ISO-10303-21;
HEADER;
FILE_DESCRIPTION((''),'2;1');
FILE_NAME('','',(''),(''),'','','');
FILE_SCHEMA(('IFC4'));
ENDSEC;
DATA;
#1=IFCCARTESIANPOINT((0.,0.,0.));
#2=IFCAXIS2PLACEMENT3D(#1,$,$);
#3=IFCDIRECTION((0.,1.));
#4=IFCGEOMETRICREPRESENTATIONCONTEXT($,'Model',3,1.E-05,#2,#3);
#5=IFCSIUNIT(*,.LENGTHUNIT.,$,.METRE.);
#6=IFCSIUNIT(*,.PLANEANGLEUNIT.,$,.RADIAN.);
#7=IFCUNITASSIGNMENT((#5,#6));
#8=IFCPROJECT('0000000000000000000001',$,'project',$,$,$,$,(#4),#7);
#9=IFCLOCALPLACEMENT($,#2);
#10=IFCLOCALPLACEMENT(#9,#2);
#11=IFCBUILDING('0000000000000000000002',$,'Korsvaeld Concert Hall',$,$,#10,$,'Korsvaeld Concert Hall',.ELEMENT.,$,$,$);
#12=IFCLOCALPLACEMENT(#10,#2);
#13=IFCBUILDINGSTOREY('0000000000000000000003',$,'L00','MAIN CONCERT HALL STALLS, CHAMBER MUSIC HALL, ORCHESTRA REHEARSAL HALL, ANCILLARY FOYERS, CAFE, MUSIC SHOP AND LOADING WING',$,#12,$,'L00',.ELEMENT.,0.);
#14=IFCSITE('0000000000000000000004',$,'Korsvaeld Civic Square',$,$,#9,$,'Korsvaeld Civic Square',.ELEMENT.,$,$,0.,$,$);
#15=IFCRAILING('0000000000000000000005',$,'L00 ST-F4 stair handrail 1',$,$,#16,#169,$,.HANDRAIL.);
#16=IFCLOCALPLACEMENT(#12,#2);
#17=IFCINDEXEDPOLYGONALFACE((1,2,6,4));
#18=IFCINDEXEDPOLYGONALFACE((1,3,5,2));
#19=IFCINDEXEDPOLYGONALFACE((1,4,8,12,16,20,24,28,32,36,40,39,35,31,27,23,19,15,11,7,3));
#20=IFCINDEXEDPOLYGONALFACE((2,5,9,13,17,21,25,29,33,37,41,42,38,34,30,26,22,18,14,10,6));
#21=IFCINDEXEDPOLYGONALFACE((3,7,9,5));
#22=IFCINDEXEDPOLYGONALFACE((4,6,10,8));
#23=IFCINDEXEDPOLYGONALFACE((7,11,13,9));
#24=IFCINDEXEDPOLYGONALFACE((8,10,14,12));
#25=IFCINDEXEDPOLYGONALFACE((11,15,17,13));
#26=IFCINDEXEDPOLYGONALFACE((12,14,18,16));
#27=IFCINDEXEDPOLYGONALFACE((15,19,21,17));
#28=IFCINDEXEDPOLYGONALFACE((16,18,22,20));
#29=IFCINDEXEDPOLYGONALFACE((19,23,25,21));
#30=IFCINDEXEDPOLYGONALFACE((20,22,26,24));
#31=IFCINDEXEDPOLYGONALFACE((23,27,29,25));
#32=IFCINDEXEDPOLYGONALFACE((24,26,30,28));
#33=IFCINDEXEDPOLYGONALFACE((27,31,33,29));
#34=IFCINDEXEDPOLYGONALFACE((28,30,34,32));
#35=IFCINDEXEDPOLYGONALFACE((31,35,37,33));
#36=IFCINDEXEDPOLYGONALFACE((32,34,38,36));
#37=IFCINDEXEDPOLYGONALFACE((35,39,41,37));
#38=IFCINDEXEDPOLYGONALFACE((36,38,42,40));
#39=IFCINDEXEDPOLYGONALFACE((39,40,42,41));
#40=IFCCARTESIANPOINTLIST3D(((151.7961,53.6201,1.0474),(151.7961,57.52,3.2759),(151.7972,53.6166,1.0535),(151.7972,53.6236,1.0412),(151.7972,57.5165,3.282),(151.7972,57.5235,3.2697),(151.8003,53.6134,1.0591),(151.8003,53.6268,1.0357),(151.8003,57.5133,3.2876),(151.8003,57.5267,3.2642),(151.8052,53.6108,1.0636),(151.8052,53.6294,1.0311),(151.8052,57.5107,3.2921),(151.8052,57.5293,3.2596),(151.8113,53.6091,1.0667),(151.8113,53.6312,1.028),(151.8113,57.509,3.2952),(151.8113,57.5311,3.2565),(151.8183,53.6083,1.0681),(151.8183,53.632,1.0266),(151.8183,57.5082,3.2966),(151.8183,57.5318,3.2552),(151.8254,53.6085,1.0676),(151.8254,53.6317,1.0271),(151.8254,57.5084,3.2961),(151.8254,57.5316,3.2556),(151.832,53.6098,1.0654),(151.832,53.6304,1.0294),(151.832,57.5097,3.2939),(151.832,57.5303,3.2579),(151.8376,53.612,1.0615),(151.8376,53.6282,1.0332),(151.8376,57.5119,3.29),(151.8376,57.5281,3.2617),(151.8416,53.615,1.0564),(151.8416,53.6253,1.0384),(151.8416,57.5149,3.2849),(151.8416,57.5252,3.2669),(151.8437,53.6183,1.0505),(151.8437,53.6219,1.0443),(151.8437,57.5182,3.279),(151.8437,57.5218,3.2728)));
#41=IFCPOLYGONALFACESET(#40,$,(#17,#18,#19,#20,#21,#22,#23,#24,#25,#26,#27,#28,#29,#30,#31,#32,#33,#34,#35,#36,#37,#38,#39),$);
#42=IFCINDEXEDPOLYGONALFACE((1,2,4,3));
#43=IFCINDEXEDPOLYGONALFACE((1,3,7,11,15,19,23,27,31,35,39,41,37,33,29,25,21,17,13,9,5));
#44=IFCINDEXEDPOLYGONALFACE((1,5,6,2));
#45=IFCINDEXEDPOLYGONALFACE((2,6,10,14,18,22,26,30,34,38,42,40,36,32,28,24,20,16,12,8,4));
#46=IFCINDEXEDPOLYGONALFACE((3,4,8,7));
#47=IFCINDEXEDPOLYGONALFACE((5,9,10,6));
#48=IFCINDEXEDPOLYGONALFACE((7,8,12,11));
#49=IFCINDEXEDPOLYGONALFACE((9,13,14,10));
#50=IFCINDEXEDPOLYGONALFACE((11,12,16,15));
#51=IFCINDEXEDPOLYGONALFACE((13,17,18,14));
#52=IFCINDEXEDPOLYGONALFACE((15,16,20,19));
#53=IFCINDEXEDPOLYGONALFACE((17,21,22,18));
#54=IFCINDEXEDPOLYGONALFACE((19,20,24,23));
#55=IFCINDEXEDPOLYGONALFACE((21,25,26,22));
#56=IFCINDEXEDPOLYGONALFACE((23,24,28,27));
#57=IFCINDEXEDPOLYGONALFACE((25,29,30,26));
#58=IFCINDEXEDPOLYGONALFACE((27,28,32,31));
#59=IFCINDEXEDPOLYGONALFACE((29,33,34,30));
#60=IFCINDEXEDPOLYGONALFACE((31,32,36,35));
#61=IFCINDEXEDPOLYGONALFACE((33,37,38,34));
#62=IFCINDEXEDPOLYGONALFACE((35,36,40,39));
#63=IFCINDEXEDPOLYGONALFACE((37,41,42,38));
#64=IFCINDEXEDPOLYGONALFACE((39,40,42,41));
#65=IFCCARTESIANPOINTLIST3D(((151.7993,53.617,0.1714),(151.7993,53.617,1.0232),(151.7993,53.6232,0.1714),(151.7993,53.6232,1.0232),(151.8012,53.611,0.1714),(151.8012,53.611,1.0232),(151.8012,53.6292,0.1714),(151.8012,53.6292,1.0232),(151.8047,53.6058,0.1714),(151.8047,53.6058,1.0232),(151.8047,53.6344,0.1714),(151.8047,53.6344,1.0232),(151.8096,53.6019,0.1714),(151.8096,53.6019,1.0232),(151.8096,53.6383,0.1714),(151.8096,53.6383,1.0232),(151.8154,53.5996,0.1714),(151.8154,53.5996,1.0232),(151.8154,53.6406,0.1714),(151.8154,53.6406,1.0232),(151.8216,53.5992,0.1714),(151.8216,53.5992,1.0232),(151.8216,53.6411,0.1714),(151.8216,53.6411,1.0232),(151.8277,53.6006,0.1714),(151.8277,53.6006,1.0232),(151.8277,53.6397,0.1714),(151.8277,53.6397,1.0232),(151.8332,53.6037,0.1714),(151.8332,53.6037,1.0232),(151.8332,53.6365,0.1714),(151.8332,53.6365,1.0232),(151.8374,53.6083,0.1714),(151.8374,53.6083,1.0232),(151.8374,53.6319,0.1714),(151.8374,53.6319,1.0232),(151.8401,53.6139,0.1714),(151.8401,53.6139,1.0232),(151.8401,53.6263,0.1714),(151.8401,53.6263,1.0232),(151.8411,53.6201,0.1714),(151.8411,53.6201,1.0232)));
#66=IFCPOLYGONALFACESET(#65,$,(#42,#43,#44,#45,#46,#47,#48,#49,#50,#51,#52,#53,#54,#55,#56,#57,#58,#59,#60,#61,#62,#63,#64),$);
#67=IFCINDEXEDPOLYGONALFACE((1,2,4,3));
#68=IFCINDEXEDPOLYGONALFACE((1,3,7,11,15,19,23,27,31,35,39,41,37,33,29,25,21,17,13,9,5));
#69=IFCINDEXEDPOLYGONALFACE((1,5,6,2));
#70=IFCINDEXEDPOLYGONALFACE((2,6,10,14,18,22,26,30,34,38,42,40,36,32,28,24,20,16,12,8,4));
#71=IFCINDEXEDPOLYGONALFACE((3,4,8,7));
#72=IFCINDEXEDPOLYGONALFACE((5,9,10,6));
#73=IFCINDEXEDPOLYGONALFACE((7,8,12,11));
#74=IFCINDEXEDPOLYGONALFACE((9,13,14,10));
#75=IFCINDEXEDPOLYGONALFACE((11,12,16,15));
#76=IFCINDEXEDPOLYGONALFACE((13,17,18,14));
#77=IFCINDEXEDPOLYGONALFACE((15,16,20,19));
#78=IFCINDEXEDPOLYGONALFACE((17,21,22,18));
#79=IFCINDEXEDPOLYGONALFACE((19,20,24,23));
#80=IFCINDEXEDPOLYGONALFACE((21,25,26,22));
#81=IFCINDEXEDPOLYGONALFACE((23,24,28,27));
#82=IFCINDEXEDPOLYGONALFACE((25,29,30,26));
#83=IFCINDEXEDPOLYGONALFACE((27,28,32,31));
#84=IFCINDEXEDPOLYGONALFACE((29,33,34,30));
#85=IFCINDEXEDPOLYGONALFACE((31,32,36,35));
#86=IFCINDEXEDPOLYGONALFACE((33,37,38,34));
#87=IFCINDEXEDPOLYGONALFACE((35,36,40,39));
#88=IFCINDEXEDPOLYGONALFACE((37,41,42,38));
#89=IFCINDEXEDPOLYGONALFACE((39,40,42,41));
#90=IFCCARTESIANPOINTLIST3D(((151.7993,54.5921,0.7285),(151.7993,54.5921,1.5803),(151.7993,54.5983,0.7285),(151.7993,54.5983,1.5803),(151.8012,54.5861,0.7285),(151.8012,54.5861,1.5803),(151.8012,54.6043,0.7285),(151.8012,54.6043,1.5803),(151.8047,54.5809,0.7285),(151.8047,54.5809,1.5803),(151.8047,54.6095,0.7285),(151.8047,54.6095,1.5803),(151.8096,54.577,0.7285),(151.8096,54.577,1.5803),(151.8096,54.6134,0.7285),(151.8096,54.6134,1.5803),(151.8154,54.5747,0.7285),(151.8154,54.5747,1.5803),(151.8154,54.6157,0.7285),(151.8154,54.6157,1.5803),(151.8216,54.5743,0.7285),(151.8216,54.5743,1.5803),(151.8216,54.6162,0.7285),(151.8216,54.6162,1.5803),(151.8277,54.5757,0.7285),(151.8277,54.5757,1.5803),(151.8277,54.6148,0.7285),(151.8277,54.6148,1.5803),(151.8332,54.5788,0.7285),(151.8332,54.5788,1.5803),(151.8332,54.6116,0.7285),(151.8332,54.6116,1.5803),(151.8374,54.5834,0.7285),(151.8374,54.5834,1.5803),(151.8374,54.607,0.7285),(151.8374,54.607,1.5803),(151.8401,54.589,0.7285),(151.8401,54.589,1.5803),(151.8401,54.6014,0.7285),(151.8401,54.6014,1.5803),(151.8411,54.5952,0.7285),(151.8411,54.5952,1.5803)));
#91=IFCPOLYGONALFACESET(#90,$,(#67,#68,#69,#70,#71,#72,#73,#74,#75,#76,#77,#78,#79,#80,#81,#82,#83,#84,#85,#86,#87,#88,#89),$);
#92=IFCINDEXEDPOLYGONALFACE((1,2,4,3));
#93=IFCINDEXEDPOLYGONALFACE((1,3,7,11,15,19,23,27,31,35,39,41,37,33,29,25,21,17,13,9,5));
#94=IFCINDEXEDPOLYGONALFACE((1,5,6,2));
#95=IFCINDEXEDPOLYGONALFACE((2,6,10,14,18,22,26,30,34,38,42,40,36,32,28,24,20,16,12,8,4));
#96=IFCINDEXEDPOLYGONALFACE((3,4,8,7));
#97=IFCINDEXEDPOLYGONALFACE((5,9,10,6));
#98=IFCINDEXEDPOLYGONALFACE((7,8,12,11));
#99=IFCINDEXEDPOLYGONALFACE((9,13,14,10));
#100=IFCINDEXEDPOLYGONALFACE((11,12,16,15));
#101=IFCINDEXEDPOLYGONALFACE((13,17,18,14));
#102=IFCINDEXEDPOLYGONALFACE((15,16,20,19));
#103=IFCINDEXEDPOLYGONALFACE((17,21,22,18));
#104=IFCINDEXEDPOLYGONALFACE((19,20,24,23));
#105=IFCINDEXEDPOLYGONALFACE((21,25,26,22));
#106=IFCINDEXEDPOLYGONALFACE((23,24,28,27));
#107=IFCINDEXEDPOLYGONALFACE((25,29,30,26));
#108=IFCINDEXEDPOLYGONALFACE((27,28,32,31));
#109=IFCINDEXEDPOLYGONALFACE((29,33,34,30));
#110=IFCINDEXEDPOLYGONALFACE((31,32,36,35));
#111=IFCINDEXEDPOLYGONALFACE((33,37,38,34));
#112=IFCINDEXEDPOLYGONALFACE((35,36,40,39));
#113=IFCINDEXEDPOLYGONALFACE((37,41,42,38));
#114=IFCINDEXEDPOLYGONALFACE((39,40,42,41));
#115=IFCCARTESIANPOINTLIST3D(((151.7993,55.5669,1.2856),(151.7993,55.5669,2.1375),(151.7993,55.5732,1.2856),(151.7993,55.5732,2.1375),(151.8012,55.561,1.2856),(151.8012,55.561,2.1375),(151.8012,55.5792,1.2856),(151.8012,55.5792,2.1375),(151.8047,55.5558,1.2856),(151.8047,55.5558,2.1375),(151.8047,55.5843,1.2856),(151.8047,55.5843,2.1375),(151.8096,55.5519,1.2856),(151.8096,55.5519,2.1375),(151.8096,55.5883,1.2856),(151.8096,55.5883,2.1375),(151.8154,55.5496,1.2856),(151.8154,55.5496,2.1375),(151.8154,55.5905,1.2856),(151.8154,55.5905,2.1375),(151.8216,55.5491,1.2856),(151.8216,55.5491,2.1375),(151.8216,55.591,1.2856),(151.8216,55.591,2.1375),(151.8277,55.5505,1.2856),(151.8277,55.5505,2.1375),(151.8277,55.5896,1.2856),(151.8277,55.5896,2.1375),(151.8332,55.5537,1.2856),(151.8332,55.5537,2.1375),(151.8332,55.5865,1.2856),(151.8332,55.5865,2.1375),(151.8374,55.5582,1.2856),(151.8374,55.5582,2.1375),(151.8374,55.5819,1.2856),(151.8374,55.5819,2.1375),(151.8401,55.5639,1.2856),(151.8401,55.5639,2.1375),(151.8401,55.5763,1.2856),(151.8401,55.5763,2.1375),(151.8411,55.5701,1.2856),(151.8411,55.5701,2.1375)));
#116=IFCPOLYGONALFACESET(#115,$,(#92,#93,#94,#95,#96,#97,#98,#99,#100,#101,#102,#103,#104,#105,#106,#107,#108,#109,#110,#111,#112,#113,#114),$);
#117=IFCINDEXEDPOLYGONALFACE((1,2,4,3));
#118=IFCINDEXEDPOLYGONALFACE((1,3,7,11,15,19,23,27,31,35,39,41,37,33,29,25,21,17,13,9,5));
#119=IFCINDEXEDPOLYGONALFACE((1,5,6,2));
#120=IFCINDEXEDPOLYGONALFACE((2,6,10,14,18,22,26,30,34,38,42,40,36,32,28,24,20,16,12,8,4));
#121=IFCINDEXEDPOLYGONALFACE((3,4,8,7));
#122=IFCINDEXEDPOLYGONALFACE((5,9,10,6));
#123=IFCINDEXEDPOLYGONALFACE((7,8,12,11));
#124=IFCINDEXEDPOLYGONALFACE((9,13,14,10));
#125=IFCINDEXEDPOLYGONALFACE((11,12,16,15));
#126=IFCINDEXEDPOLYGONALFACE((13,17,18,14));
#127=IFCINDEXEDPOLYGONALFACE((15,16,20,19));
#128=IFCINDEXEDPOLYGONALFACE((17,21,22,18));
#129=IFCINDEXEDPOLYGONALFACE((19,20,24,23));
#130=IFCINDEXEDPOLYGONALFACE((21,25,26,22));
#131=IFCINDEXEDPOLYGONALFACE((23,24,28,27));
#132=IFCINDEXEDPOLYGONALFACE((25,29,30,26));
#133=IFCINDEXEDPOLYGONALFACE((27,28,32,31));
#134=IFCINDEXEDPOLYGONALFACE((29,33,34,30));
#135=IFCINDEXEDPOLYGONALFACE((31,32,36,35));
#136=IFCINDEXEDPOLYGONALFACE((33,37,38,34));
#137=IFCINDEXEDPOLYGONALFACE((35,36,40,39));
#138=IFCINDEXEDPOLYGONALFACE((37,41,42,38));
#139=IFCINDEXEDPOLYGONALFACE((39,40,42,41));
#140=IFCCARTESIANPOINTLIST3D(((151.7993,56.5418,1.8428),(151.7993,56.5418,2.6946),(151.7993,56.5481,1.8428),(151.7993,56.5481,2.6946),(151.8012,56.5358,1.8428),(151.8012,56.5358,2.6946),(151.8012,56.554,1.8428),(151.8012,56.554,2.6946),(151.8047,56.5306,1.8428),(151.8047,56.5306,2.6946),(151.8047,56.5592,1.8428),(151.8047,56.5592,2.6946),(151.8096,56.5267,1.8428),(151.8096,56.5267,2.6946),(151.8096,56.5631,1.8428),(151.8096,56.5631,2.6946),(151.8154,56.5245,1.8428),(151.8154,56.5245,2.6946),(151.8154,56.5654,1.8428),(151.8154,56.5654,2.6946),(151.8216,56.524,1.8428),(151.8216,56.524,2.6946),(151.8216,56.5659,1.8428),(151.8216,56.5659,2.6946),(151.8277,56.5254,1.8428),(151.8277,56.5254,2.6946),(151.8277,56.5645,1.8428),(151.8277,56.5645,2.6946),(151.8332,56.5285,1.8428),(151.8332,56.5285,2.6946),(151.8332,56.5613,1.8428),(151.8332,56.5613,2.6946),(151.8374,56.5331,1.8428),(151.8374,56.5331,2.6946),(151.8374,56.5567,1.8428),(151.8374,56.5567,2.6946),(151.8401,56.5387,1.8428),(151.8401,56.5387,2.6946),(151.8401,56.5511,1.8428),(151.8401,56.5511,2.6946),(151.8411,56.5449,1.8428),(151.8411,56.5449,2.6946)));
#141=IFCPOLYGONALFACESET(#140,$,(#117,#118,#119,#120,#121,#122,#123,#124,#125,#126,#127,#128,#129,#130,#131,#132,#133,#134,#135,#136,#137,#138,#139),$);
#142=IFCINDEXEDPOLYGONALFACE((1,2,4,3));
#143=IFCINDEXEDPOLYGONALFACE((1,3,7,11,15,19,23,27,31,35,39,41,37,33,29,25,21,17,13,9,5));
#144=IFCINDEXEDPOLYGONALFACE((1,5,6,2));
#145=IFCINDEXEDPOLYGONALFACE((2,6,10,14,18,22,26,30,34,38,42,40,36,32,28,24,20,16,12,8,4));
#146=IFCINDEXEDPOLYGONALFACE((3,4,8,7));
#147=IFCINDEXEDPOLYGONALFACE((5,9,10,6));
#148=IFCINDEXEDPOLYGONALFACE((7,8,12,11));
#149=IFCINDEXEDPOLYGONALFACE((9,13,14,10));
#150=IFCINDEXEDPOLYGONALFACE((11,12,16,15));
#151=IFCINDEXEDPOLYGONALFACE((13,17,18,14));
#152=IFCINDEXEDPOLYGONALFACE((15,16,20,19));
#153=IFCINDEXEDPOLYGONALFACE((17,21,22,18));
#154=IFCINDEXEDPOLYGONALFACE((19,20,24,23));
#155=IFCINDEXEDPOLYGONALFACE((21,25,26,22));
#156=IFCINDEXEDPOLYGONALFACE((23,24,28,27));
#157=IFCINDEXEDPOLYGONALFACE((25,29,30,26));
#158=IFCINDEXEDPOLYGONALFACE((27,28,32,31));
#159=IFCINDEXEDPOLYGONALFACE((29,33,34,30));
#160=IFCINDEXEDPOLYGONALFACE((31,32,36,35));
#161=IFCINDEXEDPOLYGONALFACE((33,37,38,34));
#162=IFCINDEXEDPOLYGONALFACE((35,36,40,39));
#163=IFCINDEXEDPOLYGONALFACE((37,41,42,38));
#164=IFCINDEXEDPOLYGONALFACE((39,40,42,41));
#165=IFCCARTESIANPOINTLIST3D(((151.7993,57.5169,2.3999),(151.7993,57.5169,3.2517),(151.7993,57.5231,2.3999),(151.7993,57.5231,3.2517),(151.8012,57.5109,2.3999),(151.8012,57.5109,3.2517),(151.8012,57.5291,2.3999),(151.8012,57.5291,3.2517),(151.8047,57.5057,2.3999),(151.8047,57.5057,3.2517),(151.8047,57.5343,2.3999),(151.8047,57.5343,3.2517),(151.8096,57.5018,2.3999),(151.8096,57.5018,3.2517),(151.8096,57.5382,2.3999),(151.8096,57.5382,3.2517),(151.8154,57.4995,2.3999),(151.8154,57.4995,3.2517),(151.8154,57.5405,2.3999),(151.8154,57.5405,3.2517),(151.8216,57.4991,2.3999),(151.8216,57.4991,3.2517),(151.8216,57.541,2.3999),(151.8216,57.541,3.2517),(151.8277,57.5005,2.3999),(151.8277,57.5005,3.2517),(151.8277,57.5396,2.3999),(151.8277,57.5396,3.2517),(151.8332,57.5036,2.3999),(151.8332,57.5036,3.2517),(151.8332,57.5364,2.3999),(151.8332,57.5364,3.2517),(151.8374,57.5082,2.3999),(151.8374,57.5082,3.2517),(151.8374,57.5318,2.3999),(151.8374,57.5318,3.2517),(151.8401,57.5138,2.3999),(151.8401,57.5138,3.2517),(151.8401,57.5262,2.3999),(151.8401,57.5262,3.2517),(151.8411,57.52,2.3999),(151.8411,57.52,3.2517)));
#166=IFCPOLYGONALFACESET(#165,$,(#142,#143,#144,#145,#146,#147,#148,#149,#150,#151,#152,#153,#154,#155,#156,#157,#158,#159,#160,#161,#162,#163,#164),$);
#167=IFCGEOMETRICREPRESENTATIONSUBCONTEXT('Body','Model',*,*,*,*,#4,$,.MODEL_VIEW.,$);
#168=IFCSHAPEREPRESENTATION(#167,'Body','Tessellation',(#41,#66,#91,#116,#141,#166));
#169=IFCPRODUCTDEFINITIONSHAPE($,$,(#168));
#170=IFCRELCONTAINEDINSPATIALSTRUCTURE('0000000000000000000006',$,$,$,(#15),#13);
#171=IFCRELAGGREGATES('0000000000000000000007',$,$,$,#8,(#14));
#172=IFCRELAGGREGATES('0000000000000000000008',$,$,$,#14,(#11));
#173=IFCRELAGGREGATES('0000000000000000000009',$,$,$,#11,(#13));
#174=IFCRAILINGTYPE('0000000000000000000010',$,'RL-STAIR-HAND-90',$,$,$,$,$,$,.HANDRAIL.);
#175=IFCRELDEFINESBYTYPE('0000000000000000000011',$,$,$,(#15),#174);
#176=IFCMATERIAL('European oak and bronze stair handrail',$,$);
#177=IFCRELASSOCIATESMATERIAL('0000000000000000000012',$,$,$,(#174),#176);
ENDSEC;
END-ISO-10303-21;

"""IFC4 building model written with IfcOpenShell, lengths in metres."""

from ifc_helpers import new_model, si_unit, direction, frame, origin, origin_2d, place, context, subcontext, project, spatial, circle, extrude, material, type_object, element, save


model = new_model("IFC4")

# Units and contexts
model_context = context("Model", 3, precision=1e-05, world=origin(), true_north=direction((0.0, 1.0)))
body_context = subcontext(model_context, "Body", "Model", "MODEL_VIEW")
ifc_project = project(units=[si_unit("LENGTHUNIT", "METRE"), si_unit("PLANEANGLEUNIT", "RADIAN")], contexts=[model_context])

# Site, building, storey
site_placement = place(None, origin())
site = spatial("IfcSite", under=ifc_project, at=site_placement, Name="Korsvaeld Civic Square", LongName="Korsvaeld Civic Square", CompositionType="ELEMENT", RefElevation=0.0)
building_placement = place(site_placement, origin())
building = spatial("IfcBuilding", under=site, at=building_placement, Name="Korsvaeld Concert Hall", LongName="Korsvaeld Concert Hall", CompositionType="ELEMENT")
storey_placement = place(building_placement, origin())
storey = spatial("IfcBuildingStorey", under=building, at=storey_placement, Name="L00", Description="MAIN CONCERT HALL STALLS, CHAMBER MUSIC HALL, ORCHESTRA REHEARSAL HALL, ANCILLARY FOYERS, CAFE, MUSIC SHOP AND LOADING WING", LongName="L00", CompositionType="ELEMENT", Elevation=0.0)

# Railing
ifc_material_1 = material(Name="European oak and bronze stair handrail")
railing_type_1 = type_object("IfcRailingType", Name="RL-STAIR-HAND-90", PredefinedType="HANDRAIL", material=ifc_material_1)
railing_1_placement = place(storey_placement, frame((151.8201, 53.6201, 0.1714)))
element("IfcRailing", 1, at=railing_1_placement, inside=storey, type_object=railing_type_1, Name="L00 ST-F4 stair handrail 1", PredefinedType="HANDRAIL", context=body_context, shape_type="SweptSolid", body=[
    extrude(circle(Radius=0.0239, at=origin_2d()), frame((0.0, 0.0, 0.876), z_axis=(0.0, 0.868243, 0.496139), x_axis=(-1.0, 0.0, 0.0)), (0.0, 0.0, 1.0), 4.4917),
    extrude(circle(Radius=0.021, at=origin_2d()), origin(), (0.0, 0.0, 1.0), 0.8518),
    extrude(circle(Radius=0.021, at=origin_2d()), frame((0.0, 0.9751, 0.5571)), (0.0, 0.0, 1.0), 0.8518),
    extrude(circle(Radius=0.021, at=origin_2d()), frame((0.0, 1.95, 1.1143)), (0.0, 0.0, 1.0), 0.8518),
    extrude(circle(Radius=0.021, at=origin_2d()), frame((0.0, 2.9248, 1.6714)), (0.0, 0.0, 1.0), 0.8518),
    extrude(circle(Radius=0.021, at=origin_2d()), frame((0.0, 3.8999, 2.2285)), (0.0, 0.0, 1.0), 0.8518),
])

save(model, "model.ifc")
